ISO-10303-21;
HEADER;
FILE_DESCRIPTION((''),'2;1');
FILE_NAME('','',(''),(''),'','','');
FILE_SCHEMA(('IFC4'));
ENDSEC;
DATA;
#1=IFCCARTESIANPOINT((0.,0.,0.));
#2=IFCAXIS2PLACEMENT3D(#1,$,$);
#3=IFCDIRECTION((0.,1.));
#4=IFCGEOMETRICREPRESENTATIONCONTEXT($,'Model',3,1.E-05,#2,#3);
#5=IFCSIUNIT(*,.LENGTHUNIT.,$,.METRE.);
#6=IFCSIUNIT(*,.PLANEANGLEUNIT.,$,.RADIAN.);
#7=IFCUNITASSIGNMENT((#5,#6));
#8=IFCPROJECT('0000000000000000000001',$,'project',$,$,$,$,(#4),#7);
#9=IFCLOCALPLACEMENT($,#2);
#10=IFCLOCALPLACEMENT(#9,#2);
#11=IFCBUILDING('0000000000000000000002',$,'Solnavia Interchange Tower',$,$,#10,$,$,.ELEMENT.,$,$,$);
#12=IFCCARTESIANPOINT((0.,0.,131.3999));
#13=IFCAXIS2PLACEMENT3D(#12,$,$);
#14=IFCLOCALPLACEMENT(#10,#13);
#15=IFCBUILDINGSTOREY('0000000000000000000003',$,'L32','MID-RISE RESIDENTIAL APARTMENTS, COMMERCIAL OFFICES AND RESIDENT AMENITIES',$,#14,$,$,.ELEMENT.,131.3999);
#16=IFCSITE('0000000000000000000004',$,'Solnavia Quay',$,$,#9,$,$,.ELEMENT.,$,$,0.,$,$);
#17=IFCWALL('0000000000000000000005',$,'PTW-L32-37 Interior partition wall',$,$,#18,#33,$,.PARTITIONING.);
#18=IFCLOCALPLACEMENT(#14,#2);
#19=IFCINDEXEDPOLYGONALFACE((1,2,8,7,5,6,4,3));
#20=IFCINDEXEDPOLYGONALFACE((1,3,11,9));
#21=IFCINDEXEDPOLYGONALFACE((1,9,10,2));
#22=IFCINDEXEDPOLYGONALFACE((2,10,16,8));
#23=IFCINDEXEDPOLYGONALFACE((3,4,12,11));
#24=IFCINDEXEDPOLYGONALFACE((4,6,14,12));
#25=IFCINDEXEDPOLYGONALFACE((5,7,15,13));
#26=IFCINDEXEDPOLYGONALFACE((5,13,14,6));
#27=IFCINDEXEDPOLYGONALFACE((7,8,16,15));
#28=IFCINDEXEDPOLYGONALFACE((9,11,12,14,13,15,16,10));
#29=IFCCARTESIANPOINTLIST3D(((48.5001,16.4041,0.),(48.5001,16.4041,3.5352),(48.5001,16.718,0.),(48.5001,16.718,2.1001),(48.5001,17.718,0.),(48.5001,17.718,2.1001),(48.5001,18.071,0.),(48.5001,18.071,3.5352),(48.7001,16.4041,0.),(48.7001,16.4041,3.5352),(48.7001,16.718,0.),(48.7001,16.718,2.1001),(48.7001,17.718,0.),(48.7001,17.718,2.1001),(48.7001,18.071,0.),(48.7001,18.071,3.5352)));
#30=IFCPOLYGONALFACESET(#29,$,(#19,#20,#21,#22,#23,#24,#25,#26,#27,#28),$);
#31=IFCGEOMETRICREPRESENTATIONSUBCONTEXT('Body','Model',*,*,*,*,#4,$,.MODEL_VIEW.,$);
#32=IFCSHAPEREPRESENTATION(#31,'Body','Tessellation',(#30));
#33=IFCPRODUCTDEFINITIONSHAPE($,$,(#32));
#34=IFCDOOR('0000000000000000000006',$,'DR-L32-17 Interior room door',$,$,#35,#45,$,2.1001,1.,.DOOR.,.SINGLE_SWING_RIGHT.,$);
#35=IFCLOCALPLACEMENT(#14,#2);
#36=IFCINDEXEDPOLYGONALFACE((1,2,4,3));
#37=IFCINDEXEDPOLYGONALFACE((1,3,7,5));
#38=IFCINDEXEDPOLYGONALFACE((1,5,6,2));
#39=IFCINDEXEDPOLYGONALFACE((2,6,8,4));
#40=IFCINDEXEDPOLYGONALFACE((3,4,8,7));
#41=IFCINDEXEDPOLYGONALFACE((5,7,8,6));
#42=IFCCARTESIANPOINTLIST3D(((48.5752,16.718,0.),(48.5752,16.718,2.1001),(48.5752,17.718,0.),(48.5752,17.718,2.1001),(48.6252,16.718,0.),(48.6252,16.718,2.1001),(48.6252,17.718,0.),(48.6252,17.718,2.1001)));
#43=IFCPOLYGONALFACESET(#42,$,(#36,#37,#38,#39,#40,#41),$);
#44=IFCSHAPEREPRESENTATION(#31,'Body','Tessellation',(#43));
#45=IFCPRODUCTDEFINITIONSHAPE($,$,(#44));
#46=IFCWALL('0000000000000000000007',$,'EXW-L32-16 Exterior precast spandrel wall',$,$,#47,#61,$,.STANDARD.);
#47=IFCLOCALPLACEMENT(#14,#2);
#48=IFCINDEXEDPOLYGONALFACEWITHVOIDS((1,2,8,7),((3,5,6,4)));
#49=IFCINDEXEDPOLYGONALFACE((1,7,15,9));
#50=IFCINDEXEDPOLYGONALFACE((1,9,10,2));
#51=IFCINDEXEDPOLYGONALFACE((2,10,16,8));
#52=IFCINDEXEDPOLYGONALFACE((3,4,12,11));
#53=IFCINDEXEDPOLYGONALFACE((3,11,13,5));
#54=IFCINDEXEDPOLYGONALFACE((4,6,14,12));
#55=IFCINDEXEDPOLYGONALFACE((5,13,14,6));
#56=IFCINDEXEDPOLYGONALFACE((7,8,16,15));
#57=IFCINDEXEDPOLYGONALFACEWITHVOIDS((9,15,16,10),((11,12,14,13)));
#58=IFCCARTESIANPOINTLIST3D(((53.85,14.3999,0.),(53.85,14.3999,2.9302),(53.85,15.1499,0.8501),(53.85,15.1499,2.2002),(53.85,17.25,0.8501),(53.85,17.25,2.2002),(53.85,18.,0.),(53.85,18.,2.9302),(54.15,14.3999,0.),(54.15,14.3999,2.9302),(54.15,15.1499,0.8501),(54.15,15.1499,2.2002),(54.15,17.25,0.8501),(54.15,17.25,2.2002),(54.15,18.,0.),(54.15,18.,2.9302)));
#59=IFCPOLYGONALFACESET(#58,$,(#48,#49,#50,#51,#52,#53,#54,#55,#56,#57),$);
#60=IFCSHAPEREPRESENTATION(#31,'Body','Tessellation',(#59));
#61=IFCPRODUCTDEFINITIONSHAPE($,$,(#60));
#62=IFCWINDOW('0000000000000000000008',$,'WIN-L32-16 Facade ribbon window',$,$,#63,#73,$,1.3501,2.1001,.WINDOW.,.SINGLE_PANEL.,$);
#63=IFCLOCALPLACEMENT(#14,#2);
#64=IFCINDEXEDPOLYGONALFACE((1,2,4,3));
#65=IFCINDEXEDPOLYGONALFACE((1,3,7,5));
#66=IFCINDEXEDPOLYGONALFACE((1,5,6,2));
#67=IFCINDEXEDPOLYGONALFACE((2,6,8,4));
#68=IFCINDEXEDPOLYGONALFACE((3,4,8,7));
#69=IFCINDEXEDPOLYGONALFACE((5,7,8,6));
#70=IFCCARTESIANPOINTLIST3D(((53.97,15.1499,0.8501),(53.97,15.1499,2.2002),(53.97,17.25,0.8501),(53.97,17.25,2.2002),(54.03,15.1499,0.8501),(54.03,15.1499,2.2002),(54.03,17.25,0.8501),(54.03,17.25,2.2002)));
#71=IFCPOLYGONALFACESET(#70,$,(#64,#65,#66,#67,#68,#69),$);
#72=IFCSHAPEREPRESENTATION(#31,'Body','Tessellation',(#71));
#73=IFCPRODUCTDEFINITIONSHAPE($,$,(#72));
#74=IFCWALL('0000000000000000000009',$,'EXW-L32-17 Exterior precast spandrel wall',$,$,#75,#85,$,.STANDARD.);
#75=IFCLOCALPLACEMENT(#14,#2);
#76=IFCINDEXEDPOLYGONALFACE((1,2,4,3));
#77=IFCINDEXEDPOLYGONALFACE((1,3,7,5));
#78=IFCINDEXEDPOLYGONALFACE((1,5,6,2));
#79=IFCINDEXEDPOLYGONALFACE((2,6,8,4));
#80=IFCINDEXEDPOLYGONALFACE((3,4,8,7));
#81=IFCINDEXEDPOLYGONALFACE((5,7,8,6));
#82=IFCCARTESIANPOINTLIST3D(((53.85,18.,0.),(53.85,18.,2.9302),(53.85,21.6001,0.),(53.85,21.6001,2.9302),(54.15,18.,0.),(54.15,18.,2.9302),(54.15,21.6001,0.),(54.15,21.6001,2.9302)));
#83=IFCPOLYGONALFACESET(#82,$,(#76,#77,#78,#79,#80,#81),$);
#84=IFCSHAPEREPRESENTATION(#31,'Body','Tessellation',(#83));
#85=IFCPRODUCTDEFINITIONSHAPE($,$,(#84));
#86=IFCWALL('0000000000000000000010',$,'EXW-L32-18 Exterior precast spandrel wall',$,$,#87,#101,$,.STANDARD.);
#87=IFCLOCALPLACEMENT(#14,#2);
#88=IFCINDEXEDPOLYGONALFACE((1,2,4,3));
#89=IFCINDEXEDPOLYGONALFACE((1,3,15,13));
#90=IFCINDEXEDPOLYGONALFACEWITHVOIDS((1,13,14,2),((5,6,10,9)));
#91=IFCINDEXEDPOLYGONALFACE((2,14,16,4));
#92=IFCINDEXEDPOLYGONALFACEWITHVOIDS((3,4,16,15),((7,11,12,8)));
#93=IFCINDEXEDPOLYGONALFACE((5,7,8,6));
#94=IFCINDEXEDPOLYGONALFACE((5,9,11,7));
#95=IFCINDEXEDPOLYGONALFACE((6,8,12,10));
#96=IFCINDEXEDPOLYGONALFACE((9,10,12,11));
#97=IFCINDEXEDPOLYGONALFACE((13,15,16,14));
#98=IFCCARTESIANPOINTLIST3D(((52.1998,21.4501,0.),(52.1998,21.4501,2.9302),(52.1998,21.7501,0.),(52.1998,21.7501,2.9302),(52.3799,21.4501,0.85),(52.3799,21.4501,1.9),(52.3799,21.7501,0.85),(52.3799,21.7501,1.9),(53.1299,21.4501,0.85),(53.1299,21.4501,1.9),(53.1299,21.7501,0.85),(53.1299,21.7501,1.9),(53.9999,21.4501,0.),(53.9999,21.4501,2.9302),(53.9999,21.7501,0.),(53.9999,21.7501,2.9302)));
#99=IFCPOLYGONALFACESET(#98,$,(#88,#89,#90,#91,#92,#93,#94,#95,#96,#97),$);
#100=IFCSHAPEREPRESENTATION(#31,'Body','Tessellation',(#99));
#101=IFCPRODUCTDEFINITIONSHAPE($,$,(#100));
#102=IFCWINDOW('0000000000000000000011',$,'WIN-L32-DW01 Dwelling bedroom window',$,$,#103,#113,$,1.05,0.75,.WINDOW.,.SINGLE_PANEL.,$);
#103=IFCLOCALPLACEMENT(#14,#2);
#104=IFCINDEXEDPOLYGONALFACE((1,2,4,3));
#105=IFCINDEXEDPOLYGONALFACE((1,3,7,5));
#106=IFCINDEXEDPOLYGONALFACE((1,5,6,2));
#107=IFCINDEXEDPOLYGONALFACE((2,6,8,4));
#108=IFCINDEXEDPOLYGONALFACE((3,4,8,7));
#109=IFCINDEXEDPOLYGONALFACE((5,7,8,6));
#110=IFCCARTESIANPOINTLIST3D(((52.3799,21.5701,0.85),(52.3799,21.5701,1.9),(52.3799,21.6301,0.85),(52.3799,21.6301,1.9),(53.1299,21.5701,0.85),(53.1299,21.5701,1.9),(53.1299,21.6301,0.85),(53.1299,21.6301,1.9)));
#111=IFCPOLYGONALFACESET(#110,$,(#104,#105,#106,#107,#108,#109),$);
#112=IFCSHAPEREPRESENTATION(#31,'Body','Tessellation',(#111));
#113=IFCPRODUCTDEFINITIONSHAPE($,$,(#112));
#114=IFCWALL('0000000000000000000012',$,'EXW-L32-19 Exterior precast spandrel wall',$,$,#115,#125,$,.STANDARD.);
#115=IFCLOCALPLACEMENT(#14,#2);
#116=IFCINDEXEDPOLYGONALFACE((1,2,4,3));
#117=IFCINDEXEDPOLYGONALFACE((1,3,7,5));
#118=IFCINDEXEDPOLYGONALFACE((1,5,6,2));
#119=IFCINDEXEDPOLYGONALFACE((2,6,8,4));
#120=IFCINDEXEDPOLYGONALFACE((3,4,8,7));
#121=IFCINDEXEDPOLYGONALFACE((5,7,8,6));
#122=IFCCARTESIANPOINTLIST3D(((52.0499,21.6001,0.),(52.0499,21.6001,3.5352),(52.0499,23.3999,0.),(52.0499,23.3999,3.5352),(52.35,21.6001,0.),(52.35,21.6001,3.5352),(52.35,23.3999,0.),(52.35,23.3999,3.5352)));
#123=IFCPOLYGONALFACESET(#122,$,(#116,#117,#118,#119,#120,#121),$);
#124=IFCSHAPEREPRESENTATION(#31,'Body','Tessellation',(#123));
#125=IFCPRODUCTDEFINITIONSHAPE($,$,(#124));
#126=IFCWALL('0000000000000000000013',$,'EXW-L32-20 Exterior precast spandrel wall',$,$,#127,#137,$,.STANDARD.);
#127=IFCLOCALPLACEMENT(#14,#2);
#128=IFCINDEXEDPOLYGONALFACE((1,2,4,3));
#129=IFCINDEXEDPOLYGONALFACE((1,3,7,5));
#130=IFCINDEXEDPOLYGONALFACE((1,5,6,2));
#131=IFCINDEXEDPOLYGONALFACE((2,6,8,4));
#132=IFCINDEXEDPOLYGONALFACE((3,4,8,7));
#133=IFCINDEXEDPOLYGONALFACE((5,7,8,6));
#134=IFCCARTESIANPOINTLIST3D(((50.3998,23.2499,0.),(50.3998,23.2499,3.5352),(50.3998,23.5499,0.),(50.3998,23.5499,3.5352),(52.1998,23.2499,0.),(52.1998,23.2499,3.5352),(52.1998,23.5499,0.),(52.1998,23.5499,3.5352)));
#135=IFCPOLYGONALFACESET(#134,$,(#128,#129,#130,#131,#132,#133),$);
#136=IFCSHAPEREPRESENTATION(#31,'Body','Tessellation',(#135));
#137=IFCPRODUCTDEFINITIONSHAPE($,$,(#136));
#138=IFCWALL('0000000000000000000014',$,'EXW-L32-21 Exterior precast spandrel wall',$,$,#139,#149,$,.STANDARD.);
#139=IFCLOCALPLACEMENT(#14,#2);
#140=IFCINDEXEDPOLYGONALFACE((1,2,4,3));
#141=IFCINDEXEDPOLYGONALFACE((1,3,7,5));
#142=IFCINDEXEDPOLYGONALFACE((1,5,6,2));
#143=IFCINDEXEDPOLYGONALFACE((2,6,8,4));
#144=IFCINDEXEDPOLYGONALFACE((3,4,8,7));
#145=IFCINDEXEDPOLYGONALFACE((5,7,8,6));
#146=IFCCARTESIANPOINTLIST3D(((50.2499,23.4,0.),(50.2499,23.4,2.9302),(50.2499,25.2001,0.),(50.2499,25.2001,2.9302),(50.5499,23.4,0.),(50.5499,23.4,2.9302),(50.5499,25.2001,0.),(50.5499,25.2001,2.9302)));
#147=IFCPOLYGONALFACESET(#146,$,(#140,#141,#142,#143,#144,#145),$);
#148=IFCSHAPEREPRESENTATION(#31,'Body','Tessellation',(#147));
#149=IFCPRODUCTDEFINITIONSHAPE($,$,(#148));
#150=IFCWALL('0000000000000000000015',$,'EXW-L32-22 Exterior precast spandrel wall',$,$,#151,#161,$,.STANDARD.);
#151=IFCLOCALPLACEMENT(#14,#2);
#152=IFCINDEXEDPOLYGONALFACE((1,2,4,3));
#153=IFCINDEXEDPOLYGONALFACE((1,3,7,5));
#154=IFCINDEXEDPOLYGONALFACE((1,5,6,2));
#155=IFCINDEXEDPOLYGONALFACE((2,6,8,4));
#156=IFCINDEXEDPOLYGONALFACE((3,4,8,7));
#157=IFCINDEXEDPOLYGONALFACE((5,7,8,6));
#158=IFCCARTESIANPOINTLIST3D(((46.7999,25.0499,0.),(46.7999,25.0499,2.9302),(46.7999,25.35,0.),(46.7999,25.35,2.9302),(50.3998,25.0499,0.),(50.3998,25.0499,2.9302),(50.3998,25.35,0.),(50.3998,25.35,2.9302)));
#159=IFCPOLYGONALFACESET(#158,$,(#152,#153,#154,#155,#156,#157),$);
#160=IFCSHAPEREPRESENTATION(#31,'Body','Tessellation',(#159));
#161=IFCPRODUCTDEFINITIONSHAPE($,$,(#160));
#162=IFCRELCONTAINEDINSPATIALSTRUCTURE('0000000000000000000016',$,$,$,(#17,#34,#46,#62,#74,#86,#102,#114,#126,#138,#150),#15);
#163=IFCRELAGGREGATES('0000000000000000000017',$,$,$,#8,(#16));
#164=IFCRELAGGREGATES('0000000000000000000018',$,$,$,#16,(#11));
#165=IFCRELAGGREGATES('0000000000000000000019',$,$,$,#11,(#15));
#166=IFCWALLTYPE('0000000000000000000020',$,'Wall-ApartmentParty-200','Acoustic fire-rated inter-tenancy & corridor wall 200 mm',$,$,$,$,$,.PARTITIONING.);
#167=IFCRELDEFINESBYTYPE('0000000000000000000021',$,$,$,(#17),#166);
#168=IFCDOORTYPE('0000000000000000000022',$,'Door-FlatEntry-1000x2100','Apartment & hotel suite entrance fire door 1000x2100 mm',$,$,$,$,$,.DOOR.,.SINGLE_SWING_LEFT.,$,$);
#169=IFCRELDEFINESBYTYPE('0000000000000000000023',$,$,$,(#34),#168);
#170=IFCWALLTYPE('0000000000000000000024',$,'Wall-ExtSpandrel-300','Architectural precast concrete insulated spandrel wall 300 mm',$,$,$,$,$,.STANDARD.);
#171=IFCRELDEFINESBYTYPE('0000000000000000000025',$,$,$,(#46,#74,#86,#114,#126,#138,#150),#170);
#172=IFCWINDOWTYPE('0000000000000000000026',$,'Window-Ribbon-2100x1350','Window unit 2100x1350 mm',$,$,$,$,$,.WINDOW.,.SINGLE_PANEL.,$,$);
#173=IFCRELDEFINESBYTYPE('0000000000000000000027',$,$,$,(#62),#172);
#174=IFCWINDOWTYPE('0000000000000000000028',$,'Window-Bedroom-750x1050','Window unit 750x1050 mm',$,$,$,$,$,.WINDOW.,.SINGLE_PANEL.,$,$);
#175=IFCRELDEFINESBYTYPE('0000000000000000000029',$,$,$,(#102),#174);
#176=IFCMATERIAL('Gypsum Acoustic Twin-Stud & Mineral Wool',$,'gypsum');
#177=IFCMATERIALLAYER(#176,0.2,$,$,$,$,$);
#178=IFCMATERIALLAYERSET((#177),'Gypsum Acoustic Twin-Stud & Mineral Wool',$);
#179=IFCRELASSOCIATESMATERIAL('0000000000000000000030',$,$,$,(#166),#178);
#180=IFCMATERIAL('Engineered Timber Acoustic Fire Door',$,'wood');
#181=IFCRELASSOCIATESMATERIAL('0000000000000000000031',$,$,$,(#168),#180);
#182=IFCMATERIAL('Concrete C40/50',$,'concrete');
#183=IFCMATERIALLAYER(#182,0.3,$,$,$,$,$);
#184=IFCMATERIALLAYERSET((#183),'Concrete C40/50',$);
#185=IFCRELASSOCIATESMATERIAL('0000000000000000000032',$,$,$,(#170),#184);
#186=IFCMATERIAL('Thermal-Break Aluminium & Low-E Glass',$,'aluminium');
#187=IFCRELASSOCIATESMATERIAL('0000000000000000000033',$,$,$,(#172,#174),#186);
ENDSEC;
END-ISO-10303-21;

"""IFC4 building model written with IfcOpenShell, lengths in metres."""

from ifc_helpers import new_model, si_unit, direction, frame, frame_2d, origin, place, context, subcontext, project, spatial, rectangle, extrude, material, layer, layer_set, type_object, element, fill, save


model = new_model("IFC4")

# Units and contexts
model_context = context("Model", 3, precision=1e-05, world=origin(), true_north=direction((0.0, 1.0)))
body_context = subcontext(model_context, "Body", "Model", "MODEL_VIEW")
ifc_project = project(units=[si_unit("LENGTHUNIT", "METRE"), si_unit("PLANEANGLEUNIT", "RADIAN")], contexts=[model_context])

# Site, building, storey
site_placement = place(None, origin())
site = spatial("IfcSite", under=ifc_project, at=site_placement, Name="Solnavia Quay", CompositionType="ELEMENT", RefElevation=0.0)
building_placement = place(site_placement, origin())
building = spatial("IfcBuilding", under=site, at=building_placement, Name="Solnavia Interchange Tower", CompositionType="ELEMENT")
storey_placement = place(building_placement, frame((0.0, 0.0, 131.3999)))
storey = spatial("IfcBuildingStorey", under=building, at=storey_placement, Name="L32", Description="MID-RISE RESIDENTIAL APARTMENTS, COMMERCIAL OFFICES AND RESIDENT AMENITIES", CompositionType="ELEMENT", Elevation=131.3999)

# Shared definitions
ifc_material_1 = material(Name="Gypsum Acoustic Twin-Stud & Mineral Wool", Category="gypsum")
ifc_layer_1 = layer(ifc_material_1, 0.2)
ifc_layer_set_1 = layer_set([ifc_layer_1], Name="Gypsum Acoustic Twin-Stud & Mineral Wool")
wall_type_1 = type_object("IfcWallType", Name="Wall-ApartmentParty-200", Description="Acoustic fire-rated inter-tenancy & corridor wall 200 mm", PredefinedType="PARTITIONING", material=ifc_layer_set_1)

# Wall, opening, door
wall_1_placement = place(storey_placement, frame((48.6001, 16.4041, 0.0), z_axis=(0.0, 0.0, 1.0), x_axis=(0.0, 1.0, 0.0)))
wall_1 = element("IfcWall", 1, at=wall_1_placement, inside=storey, type_object=wall_type_1, Name="PTW-L32-37 Interior partition wall", PredefinedType="PARTITIONING", context=body_context, shape_type="SweptSolid", body=[
    extrude(rectangle(XDim=1.667, YDim=0.2, at=frame_2d((0.8335, 0.0))), origin(), (0.0, 0.0, 1.0), 3.5352),
])
opening_1_placement = place(wall_1_placement, frame((0.314, 0.0, 0.0)))
opening_1 = element("IfcOpeningElement", 2, at=opening_1_placement, cuts=wall_1, PredefinedType="OPENING", context=body_context, shape_type="SweptSolid", body=[
    extrude(rectangle(XDim=1.0, YDim=2.1001, at=frame_2d((0.5, 1.05))), frame((0.0, 0.1099, 0.0), z_axis=(0.0, -1.0, 0.0), x_axis=(1.0, 0.0, 0.0)), (0.0, 0.0, 1.0), 0.22),
])
ifc_material_2 = material(Name="Engineered Timber Acoustic Fire Door", Category="wood")
door_type_1 = type_object("IfcDoorType", Name="Door-FlatEntry-1000x2100", Description="Apartment & hotel suite entrance fire door 1000x2100 mm", OperationType="SINGLE_SWING_LEFT", PredefinedType="DOOR", material=ifc_material_2)
door_1_placement = place(opening_1_placement, origin())
door_1 = element("IfcDoor", 3, at=door_1_placement, inside=storey, type_object=door_type_1, Name="DR-L32-17 Interior room door", OperationType="SINGLE_SWING_RIGHT", OverallHeight=2.1001, OverallWidth=1.0, PredefinedType="DOOR", context=body_context, shape_type="SweptSolid", body=[
    extrude(rectangle(XDim=1.0, YDim=2.1001, at=frame_2d((0.5, 1.05))), frame((0.0, 0.0249, 0.0), z_axis=(0.0, -1.0, 0.0), x_axis=(1.0, 0.0, 0.0)), (0.0, 0.0, 1.0), 0.05),
])
fill(opening_1, door_1)

# Wall, opening, window
ifc_material_3 = material(Name="Concrete C40/50", Category="concrete")
ifc_layer_2 = layer(ifc_material_3, 0.3)
ifc_layer_set_2 = layer_set([ifc_layer_2], Name="Concrete C40/50")
wall_type_2 = type_object("IfcWallType", Name="Wall-ExtSpandrel-300", Description="Architectural precast concrete insulated spandrel wall 300 mm", PredefinedType="STANDARD", material=ifc_layer_set_2)
wall_2_placement = place(storey_placement, frame((54.0, 18.0, 0.0), z_axis=(0.0, 0.0, 1.0), x_axis=(0.0, -1.0, 0.0)))
wall_2 = element("IfcWall", 4, at=wall_2_placement, inside=storey, type_object=wall_type_2, Name="EXW-L32-16 Exterior precast spandrel wall", PredefinedType="STANDARD", context=body_context, shape_type="SweptSolid", body=[
    extrude(rectangle(XDim=3.6001, YDim=0.3, at=frame_2d((1.8, 0.0))), origin(), (0.0, 0.0, 1.0), 2.9302),
])
opening_2_placement = place(wall_2_placement, frame((0.75, 0.0, 0.8501)))
opening_2 = element("IfcOpeningElement", 5, at=opening_2_placement, cuts=wall_2, PredefinedType="OPENING", context=body_context, shape_type="SweptSolid", body=[
    extrude(rectangle(XDim=2.1001, YDim=1.3501, at=frame_2d((1.05, 0.675))), frame((0.0, 0.1602, 0.0), z_axis=(0.0, -1.0, 0.0), x_axis=(1.0, 0.0, 0.0)), (0.0, 0.0, 1.0), 0.3201),
])
ifc_material_4 = material(Name="Thermal-Break Aluminium & Low-E Glass", Category="aluminium")
window_type_1 = type_object("IfcWindowType", Name="Window-Ribbon-2100x1350", Description="Window unit 2100x1350 mm", PartitioningType="SINGLE_PANEL", PredefinedType="WINDOW", material=ifc_material_4)
window_1_placement = place(opening_2_placement, origin())
window_1 = element("IfcWindow", 6, at=window_1_placement, inside=storey, type_object=window_type_1, Name="WIN-L32-16 Facade ribbon window", OverallHeight=1.3501, OverallWidth=2.1001, PartitioningType="SINGLE_PANEL", PredefinedType="WINDOW", context=body_context, shape_type="SweptSolid", body=[
    extrude(rectangle(XDim=2.1001, YDim=1.3501, at=frame_2d((1.05, 0.675))), frame((0.0, 0.03, 0.0), z_axis=(0.0, -1.0, 0.0), x_axis=(1.0, 0.0, 0.0)), (0.0, 0.0, 1.0), 0.0601),
])
fill(opening_2, window_1)

# Wall
wall_3_placement = place(storey_placement, frame((54.0, 21.6001, 0.0), z_axis=(0.0, 0.0, 1.0), x_axis=(0.0, -1.0, 0.0)))
element("IfcWall", 7, at=wall_3_placement, inside=storey, type_object=wall_type_2, Name="EXW-L32-17 Exterior precast spandrel wall", PredefinedType="STANDARD", context=body_context, shape_type="SweptSolid", body=[
    extrude(rectangle(XDim=3.6001, YDim=0.3, at=frame_2d((1.8, 0.0))), origin(), (0.0, 0.0, 1.0), 2.9302),
])

# Wall, opening, window
wall_4_placement = place(storey_placement, frame((52.2, 21.6001, 0.0), z_axis=(0.0, 0.0, 1.0), x_axis=(1.0, 0.0, 0.0)))
wall_4 = element("IfcWall", 8, at=wall_4_placement, inside=storey, type_object=wall_type_2, Name="EXW-L32-18 Exterior precast spandrel wall", PredefinedType="STANDARD", context=body_context, shape_type="SweptSolid", body=[
    extrude(rectangle(XDim=1.8, YDim=0.3, at=frame_2d((0.8999, 0.0))), origin(), (0.0, 0.0, 1.0), 2.9302),
])
opening_3_placement = place(wall_4_placement, frame((0.1799, 0.0, 0.8501)))
opening_3 = element("IfcOpeningElement", 9, at=opening_3_placement, cuts=wall_4, PredefinedType="OPENING", context=body_context, shape_type="SweptSolid", body=[
    extrude(rectangle(XDim=0.75, YDim=1.05, at=frame_2d((0.375, 0.5249))), frame((0.0, 0.1602, 0.0), z_axis=(0.0, -1.0, 0.0), x_axis=(1.0, 0.0, 0.0)), (0.0, 0.0, 1.0), 0.3201),
])
window_type_2 = type_object("IfcWindowType", Name="Window-Bedroom-750x1050", Description="Window unit 750x1050 mm", PartitioningType="SINGLE_PANEL", PredefinedType="WINDOW", material=ifc_material_4)
window_2_placement = place(opening_3_placement, origin())
window_2 = element("IfcWindow", 10, at=window_2_placement, inside=storey, type_object=window_type_2, Name="WIN-L32-DW01 Dwelling bedroom window", OverallHeight=1.05, OverallWidth=0.75, PartitioningType="SINGLE_PANEL", PredefinedType="WINDOW", context=body_context, shape_type="SweptSolid", body=[
    extrude(rectangle(XDim=0.75, YDim=1.05, at=frame_2d((0.375, 0.5249))), frame((0.0, 0.03, 0.0), z_axis=(0.0, -1.0, 0.0), x_axis=(1.0, 0.0, 0.0)), (0.0, 0.0, 1.0), 0.0601),
])
fill(opening_3, window_2)

# Walls
wall_5_placement = place(storey_placement, frame((52.2, 23.3999, 0.0), z_axis=(0.0, 0.0, 1.0), x_axis=(0.0, -1.0, 0.0)))
element("IfcWall", 11, at=wall_5_placement, inside=storey, type_object=wall_type_2, Name="EXW-L32-19 Exterior precast spandrel wall", PredefinedType="STANDARD", context=body_context, shape_type="SweptSolid", body=[
    extrude(rectangle(XDim=1.7998, YDim=0.3, at=frame_2d((0.8999, 0.0))), origin(), (0.0, 0.0, 1.0), 3.5352),
])
wall_6_placement = place(storey_placement, frame((50.3999, 23.3999, 0.0), z_axis=(0.0, 0.0, 1.0), x_axis=(1.0, 0.0, 0.0)))
element("IfcWall", 12, at=wall_6_placement, inside=storey, type_object=wall_type_2, Name="EXW-L32-20 Exterior precast spandrel wall", PredefinedType="STANDARD", context=body_context, shape_type="SweptSolid", body=[
    extrude(rectangle(XDim=1.8, YDim=0.3, at=frame_2d((0.8999, 0.0))), origin(), (0.0, 0.0, 1.0), 3.5352),
])
wall_7_placement = place(storey_placement, frame((50.3999, 25.2, 0.0), z_axis=(0.0, 0.0, 1.0), x_axis=(0.0, -1.0, 0.0)))
element("IfcWall", 13, at=wall_7_placement, inside=storey, type_object=wall_type_2, Name="EXW-L32-21 Exterior precast spandrel wall", PredefinedType="STANDARD", context=body_context, shape_type="SweptSolid", body=[
    extrude(rectangle(XDim=1.8, YDim=0.3, at=frame_2d((0.8999, 0.0))), origin(), (0.0, 0.0, 1.0), 2.9302),
])
wall_8_placement = place(storey_placement, frame((46.8, 25.2, 0.0), z_axis=(0.0, 0.0, 1.0), x_axis=(1.0, 0.0, 0.0)))
element("IfcWall", 14, at=wall_8_placement, inside=storey, type_object=wall_type_2, Name="EXW-L32-22 Exterior precast spandrel wall", PredefinedType="STANDARD", context=body_context, shape_type="SweptSolid", body=[
    extrude(rectangle(XDim=3.5999, YDim=0.3, at=frame_2d((1.7998, 0.0))), origin(), (0.0, 0.0, 1.0), 2.9302),
])

save(model, "model.ifc")
